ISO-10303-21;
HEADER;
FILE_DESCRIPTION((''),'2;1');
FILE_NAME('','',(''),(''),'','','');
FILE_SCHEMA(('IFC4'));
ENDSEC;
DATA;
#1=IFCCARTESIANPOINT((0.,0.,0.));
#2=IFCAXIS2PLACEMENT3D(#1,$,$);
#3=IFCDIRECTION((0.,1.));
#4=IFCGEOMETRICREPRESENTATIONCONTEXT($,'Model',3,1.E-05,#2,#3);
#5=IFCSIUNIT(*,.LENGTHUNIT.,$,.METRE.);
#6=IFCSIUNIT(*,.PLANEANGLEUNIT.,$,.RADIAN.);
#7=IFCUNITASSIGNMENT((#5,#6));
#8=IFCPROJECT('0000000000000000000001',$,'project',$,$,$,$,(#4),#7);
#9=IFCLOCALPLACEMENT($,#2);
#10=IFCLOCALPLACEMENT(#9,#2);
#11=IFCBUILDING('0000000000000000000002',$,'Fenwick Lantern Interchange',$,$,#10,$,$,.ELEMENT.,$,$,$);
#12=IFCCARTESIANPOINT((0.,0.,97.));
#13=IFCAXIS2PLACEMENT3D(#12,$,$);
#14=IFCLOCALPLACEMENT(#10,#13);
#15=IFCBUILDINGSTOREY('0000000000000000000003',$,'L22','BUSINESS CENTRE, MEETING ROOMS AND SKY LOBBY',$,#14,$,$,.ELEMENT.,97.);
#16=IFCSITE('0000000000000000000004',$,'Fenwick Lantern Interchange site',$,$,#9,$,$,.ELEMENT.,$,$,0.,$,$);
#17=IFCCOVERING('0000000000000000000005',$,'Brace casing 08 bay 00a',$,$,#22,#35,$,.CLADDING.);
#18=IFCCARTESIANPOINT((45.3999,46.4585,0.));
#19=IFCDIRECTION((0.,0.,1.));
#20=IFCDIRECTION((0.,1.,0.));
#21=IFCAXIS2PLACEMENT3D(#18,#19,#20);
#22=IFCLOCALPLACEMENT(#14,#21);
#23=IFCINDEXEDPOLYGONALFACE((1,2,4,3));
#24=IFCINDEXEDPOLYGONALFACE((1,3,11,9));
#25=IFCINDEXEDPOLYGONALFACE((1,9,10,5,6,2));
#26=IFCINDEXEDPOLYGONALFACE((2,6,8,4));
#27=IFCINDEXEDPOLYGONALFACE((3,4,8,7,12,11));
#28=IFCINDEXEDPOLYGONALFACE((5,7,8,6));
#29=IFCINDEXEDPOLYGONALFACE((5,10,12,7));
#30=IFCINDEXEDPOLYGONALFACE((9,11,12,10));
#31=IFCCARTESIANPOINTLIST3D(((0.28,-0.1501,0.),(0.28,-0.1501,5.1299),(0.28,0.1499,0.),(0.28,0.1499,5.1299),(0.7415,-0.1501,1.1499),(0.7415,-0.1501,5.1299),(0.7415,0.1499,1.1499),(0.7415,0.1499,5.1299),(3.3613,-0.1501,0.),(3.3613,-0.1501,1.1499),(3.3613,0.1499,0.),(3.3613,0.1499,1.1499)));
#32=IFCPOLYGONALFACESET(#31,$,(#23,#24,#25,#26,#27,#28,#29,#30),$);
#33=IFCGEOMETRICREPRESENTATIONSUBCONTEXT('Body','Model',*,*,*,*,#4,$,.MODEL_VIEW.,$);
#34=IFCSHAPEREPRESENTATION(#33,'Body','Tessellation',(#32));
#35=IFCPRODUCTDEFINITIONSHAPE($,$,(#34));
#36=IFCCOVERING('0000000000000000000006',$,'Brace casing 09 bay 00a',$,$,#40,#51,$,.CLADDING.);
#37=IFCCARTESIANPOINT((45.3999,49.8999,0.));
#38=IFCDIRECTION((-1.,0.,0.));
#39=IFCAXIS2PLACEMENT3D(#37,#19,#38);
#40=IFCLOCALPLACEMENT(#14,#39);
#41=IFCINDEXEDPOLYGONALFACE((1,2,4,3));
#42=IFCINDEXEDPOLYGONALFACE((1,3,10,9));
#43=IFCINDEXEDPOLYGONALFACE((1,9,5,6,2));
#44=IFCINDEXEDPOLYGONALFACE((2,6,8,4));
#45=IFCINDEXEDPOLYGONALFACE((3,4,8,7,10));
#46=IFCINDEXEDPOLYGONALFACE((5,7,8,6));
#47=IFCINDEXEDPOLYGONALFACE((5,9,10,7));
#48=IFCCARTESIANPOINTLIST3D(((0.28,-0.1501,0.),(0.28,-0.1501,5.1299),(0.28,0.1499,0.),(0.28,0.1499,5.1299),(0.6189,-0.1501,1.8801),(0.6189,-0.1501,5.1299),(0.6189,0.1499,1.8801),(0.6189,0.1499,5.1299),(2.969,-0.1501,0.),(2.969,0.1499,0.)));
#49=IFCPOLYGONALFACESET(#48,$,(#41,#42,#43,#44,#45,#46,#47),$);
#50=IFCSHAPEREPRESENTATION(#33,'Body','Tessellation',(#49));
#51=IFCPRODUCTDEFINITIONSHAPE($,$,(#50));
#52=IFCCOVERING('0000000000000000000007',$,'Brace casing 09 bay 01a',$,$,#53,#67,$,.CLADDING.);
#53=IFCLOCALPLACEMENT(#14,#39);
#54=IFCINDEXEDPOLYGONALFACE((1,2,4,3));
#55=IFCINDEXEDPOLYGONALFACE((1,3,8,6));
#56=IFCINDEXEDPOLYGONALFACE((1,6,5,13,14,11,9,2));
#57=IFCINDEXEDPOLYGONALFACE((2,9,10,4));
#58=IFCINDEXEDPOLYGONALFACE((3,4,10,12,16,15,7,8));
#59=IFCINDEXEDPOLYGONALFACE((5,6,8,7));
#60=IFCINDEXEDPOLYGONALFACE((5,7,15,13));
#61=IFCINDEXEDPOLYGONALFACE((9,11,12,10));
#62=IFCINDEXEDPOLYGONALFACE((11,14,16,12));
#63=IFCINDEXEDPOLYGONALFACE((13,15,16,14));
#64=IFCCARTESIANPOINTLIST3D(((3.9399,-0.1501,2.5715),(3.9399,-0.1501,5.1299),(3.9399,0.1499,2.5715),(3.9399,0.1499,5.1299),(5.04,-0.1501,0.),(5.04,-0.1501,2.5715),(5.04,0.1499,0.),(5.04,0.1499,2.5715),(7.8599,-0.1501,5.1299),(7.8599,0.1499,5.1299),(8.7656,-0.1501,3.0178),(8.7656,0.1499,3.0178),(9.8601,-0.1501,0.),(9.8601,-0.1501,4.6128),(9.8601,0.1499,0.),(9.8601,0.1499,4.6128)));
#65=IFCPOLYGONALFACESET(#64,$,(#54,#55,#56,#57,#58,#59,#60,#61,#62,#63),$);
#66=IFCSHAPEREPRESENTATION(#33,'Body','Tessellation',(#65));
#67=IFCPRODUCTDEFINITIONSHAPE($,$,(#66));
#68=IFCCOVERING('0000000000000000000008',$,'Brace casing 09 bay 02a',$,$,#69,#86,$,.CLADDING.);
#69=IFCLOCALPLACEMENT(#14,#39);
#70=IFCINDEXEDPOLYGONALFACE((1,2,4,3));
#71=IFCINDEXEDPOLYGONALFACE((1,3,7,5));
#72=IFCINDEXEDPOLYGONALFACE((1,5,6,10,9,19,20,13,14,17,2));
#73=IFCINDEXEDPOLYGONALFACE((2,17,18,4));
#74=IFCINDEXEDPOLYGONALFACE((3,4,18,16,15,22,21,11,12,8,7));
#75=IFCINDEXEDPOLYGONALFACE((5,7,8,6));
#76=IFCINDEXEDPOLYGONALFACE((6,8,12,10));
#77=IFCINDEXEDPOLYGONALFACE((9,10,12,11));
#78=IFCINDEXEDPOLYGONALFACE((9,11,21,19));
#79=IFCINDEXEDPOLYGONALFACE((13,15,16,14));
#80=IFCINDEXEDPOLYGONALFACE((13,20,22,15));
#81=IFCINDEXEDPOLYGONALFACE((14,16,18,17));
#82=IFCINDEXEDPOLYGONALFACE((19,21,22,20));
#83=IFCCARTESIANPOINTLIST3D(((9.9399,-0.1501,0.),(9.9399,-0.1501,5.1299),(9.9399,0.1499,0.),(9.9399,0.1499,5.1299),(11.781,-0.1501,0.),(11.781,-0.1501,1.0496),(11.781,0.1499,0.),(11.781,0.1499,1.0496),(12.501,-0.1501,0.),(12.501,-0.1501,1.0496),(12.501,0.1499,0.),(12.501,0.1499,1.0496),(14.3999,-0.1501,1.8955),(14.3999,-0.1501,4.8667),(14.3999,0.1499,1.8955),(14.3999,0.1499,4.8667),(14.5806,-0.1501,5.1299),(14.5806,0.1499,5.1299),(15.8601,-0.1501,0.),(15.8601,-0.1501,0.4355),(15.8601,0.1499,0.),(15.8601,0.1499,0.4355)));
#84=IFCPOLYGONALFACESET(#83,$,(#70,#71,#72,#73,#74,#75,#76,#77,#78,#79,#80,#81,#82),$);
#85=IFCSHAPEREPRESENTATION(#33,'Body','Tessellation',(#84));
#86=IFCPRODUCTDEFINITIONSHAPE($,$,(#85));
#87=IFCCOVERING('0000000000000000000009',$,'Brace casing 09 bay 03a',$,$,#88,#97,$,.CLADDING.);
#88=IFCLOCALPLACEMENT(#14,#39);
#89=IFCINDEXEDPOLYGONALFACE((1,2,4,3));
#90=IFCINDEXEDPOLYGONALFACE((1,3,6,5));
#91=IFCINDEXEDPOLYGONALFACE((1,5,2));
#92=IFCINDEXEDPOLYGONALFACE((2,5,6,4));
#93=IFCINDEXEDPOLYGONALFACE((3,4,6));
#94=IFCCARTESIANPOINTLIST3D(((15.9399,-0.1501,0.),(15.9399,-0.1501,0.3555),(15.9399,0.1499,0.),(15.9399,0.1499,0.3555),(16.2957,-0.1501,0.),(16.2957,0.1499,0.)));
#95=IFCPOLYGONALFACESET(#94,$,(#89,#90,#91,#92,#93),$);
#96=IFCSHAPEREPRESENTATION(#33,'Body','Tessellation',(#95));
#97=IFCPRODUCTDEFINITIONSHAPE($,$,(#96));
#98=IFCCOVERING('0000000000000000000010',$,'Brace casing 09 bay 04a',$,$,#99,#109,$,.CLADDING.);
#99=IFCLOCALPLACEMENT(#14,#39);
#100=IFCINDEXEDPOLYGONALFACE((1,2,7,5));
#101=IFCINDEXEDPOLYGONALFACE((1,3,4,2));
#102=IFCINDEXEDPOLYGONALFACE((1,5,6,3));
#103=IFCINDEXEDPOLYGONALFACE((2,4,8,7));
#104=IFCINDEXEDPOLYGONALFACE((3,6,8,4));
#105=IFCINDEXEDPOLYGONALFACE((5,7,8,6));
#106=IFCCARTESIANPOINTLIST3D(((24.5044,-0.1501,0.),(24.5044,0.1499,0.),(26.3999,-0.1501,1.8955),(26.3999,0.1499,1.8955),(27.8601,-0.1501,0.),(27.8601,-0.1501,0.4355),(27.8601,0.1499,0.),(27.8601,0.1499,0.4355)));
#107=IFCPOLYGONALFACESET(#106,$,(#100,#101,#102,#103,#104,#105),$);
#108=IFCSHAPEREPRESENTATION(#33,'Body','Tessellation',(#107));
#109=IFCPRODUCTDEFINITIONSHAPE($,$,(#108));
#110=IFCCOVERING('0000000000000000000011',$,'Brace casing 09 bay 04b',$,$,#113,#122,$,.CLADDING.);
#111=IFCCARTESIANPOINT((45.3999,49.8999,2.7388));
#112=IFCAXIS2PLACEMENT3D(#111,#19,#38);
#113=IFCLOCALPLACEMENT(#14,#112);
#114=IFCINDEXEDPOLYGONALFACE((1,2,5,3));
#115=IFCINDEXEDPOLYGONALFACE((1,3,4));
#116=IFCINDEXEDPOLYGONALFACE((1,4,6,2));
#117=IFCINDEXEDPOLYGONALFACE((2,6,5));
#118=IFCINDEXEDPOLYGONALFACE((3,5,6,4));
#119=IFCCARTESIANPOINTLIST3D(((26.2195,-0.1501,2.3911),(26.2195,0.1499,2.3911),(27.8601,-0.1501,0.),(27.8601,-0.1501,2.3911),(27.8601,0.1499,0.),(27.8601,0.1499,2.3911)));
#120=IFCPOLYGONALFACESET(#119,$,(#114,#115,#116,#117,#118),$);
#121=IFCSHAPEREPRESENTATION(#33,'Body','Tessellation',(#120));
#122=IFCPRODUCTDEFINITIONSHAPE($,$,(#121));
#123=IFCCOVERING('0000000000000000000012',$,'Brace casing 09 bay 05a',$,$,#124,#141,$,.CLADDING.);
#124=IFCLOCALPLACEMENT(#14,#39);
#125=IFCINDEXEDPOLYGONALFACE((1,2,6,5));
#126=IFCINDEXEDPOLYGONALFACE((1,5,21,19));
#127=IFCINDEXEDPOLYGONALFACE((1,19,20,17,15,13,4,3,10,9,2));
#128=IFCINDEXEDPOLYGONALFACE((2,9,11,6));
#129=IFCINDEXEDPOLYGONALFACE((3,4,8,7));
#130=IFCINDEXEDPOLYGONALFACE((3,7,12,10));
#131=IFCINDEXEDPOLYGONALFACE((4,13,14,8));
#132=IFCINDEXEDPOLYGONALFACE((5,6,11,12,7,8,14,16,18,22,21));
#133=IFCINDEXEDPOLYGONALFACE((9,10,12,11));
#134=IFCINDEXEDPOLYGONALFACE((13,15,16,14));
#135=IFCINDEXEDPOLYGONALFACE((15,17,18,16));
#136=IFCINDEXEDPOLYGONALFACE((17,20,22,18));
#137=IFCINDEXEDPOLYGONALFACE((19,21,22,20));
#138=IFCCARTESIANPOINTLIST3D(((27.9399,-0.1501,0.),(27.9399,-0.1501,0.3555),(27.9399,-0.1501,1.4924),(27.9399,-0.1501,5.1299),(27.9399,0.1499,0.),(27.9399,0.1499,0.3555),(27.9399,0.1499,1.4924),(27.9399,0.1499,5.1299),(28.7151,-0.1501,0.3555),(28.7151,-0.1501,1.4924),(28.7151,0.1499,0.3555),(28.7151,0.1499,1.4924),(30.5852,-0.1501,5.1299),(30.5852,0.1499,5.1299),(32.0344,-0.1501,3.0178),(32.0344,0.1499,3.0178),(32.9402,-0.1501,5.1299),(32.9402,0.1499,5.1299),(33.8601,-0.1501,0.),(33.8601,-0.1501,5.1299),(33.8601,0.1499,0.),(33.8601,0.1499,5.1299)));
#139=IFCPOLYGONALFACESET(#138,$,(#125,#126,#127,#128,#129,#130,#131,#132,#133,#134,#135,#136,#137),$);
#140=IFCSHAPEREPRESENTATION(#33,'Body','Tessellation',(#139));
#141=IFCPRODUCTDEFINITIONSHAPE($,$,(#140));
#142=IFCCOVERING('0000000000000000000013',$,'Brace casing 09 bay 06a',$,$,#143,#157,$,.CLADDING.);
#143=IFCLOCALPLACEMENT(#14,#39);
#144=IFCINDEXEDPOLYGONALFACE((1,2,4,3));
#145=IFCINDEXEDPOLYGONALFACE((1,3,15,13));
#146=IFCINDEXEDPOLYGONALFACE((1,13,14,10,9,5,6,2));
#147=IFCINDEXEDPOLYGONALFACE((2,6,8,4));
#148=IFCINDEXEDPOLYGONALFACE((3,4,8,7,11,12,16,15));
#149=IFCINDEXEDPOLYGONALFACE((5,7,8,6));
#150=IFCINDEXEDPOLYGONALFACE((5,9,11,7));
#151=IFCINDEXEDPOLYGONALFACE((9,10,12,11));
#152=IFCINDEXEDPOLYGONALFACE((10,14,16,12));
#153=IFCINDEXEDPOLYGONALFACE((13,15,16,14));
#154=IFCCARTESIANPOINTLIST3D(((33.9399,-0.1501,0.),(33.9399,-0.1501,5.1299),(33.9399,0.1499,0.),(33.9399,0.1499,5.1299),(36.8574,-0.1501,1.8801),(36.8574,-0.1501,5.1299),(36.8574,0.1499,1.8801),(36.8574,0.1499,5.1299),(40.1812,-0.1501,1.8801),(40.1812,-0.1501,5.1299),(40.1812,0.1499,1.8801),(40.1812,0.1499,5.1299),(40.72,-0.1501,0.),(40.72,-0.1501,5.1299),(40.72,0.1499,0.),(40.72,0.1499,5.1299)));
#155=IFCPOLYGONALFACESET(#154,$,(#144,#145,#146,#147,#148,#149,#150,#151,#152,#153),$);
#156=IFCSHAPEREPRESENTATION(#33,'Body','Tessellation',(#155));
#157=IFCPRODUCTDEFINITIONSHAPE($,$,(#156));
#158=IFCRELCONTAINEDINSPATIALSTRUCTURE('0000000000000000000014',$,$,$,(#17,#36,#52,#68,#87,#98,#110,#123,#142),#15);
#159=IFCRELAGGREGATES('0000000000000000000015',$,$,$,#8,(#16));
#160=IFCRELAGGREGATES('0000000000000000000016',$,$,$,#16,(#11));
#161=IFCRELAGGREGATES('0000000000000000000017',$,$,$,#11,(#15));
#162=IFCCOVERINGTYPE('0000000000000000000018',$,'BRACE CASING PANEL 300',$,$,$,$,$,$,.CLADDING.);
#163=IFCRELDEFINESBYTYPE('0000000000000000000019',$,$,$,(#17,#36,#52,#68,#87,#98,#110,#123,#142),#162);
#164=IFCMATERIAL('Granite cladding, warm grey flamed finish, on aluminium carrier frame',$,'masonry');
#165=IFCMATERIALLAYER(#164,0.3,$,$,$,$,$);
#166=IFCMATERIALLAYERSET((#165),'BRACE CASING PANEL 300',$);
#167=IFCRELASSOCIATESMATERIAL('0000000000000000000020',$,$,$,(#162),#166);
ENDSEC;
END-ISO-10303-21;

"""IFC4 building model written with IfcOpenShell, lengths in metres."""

from ifc_helpers import new_model, si_unit, direction, frame, origin, place, context, subcontext, project, spatial, polyline, outline, extrude, material, layer, layer_set, type_object, element, save


model = new_model("IFC4")

# Units and contexts
model_context = context("Model", 3, precision=1e-05, world=origin(), true_north=direction((0.0, 1.0)))
body_context = subcontext(model_context, "Body", "Model", "MODEL_VIEW")
ifc_project = project(units=[si_unit("LENGTHUNIT", "METRE"), si_unit("PLANEANGLEUNIT", "RADIAN")], contexts=[model_context])

# Site, building, storey
site_placement = place(None, origin())
site = spatial("IfcSite", under=ifc_project, at=site_placement, Name="Fenwick Lantern Interchange site", CompositionType="ELEMENT", RefElevation=0.0)
building_placement = place(site_placement, origin())
building = spatial("IfcBuilding", under=site, at=building_placement, Name="Fenwick Lantern Interchange", CompositionType="ELEMENT")
storey_placement = place(building_placement, frame((0.0, 0.0, 97.0)))
storey = spatial("IfcBuildingStorey", under=building, at=storey_placement, Name="L22", Description="BUSINESS CENTRE, MEETING ROOMS AND SKY LOBBY", CompositionType="ELEMENT", Elevation=97.0)

# Coverings
ifc_material_1 = material(Name="Granite cladding, warm grey flamed finish, on aluminium carrier frame", Category="masonry")
ifc_layer_1 = layer(ifc_material_1, 0.3)
ifc_layer_set_1 = layer_set([ifc_layer_1], Name="BRACE CASING PANEL 300")
covering_type = type_object("IfcCoveringType", Name="BRACE CASING PANEL 300", PredefinedType="CLADDING", material=ifc_layer_set_1)
covering_1_placement = place(storey_placement, frame((45.3999, 46.4585, 0.0), z_axis=(0.0, 0.0, 1.0), x_axis=(0.0, 1.0, 0.0)))
element("IfcCovering", 1, at=covering_1_placement, inside=storey, type_object=covering_type, Name="Brace casing 08 bay 00a", PredefinedType="CLADDING", context=body_context, shape_type="SweptSolid", body=[
    extrude(outline(polyline([(0.28, 0.0), (3.3613, 0.0), (3.3613, 1.1499), (0.7415, 1.1499), (0.7415, 5.1299), (0.28, 5.1299), (0.28, 0.0)])), frame((0.0, 0.1499, 0.0), z_axis=(0.0, -1.0, 0.0), x_axis=(1.0, 0.0, 0.0)), (0.0, 0.0, 1.0), 0.3),
])
covering_2_placement = place(storey_placement, frame((45.3999, 49.8999, 0.0), z_axis=(0.0, 0.0, 1.0), x_axis=(-1.0, 0.0, 0.0)))
element("IfcCovering", 2, at=covering_2_placement, inside=storey, type_object=covering_type, Name="Brace casing 09 bay 00a", PredefinedType="CLADDING", context=body_context, shape_type="SweptSolid", body=[
    extrude(outline(polyline([(0.28, 0.0), (2.969, 0.0), (0.6189, 1.8801), (0.6189, 5.1299), (0.28, 5.1299), (0.28, 0.0)])), frame((0.0, 0.1499, 0.0), z_axis=(0.0, -1.0, 0.0), x_axis=(1.0, 0.0, 0.0)), (0.0, 0.0, 1.0), 0.3),
])
covering_3_placement = place(storey_placement, frame((45.3999, 49.8999, 0.0), z_axis=(0.0, 0.0, 1.0), x_axis=(-1.0, 0.0, 0.0)))
element("IfcCovering", 3, at=covering_3_placement, inside=storey, type_object=covering_type, Name="Brace casing 09 bay 01a", PredefinedType="CLADDING", context=body_context, shape_type="SweptSolid", body=[
    extrude(outline(polyline([(5.04, 0.0), (9.8601, 0.0), (9.8601, 4.6128), (8.7656, 3.0178), (7.8599, 5.1299), (3.9399, 5.1299), (3.9399, 2.5715), (5.04, 2.5715), (5.04, 0.0)])), frame((0.0, 0.1499, 0.0), z_axis=(0.0, -1.0, 0.0), x_axis=(1.0, 0.0, 0.0)), (0.0, 0.0, 1.0), 0.3),
])
covering_4_placement = place(storey_placement, frame((45.3999, 49.8999, 0.0), z_axis=(0.0, 0.0, 1.0), x_axis=(-1.0, 0.0, 0.0)))
element("IfcCovering", 4, at=covering_4_placement, inside=storey, type_object=covering_type, Name="Brace casing 09 bay 02a", PredefinedType="CLADDING", context=body_context, shape_type="SweptSolid", body=[
    extrude(outline(polyline([(9.9399, 0.0), (11.781, 0.0), (11.781, 1.0496), (12.501, 1.0496), (12.501, 0.0), (15.8601, 0.0), (15.8601, 0.4355), (14.3999, 1.8955), (14.3999, 4.8667), (14.5806, 5.1299), (9.9399, 5.1299), (9.9399, 0.0)])), frame((0.0, 0.1499, 0.0), z_axis=(0.0, -1.0, 0.0), x_axis=(1.0, 0.0, 0.0)), (0.0, 0.0, 1.0), 0.3),
])
covering_5_placement = place(storey_placement, frame((45.3999, 49.8999, 0.0), z_axis=(0.0, 0.0, 1.0), x_axis=(-1.0, 0.0, 0.0)))
element("IfcCovering", 5, at=covering_5_placement, inside=storey, type_object=covering_type, Name="Brace casing 09 bay 03a", PredefinedType="CLADDING", context=body_context, shape_type="SweptSolid", body=[
    extrude(outline(polyline([(15.9399, 0.0), (16.2957, 0.0), (15.9399, 0.3555), (15.9399, 0.0)])), frame((0.0, 0.1499, 0.0), z_axis=(0.0, -1.0, 0.0), x_axis=(1.0, 0.0, 0.0)), (0.0, 0.0, 1.0), 0.3),
])
covering_6_placement = place(storey_placement, frame((45.3999, 49.8999, 0.0), z_axis=(0.0, 0.0, 1.0), x_axis=(-1.0, 0.0, 0.0)))
element("IfcCovering", 6, at=covering_6_placement, inside=storey, type_object=covering_type, Name="Brace casing 09 bay 04a", PredefinedType="CLADDING", context=body_context, shape_type="SweptSolid", body=[
    extrude(outline(polyline([(24.5044, 0.0), (27.8601, 0.0), (27.8601, 0.4355), (26.3999, 1.8955), (24.5044, 0.0)])), frame((0.0, 0.1499, 0.0), z_axis=(0.0, -1.0, 0.0), x_axis=(1.0, 0.0, 0.0)), (0.0, 0.0, 1.0), 0.3),
])
covering_7_placement = place(storey_placement, frame((45.3999, 49.8999, 2.7388), z_axis=(0.0, 0.0, 1.0), x_axis=(-1.0, 0.0, 0.0)))
element("IfcCovering", 7, at=covering_7_placement, inside=storey, type_object=covering_type, Name="Brace casing 09 bay 04b", PredefinedType="CLADDING", context=body_context, shape_type="SweptSolid", body=[
    extrude(outline(polyline([(27.8601, 0.0), (27.8601, 2.3911), (26.2195, 2.3911), (27.8601, 0.0)])), frame((0.0, 0.1499, 0.0), z_axis=(0.0, -1.0, 0.0), x_axis=(1.0, 0.0, 0.0)), (0.0, 0.0, 1.0), 0.3),
])
covering_8_placement = place(storey_placement, frame((45.3999, 49.8999, 0.0), z_axis=(0.0, 0.0, 1.0), x_axis=(-1.0, 0.0, 0.0)))
element("IfcCovering", 8, at=covering_8_placement, inside=storey, type_object=covering_type, Name="Brace casing 09 bay 05a", PredefinedType="CLADDING", context=body_context, shape_type="SweptSolid", body=[
    extrude(outline(polyline([(27.9399, 0.0), (33.8601, 0.0), (33.8601, 5.1299), (32.9402, 5.1299), (32.0344, 3.0178), (30.5852, 5.1299), (27.9399, 5.1299), (27.9399, 1.4924), (28.7151, 1.4924), (28.7151, 0.3555), (27.9399, 0.3555), (27.9399, 0.0)])), frame((0.0, 0.1499, 0.0), z_axis=(0.0, -1.0, 0.0), x_axis=(1.0, 0.0, 0.0)), (0.0, 0.0, 1.0), 0.3),
])
covering_9_placement = place(storey_placement, frame((45.3999, 49.8999, 0.0), z_axis=(0.0, 0.0, 1.0), x_axis=(-1.0, 0.0, 0.0)))
element("IfcCovering", 9, at=covering_9_placement, inside=storey, type_object=covering_type, Name="Brace casing 09 bay 06a", PredefinedType="CLADDING", context=body_context, shape_type="SweptSolid", body=[
    extrude(outline(polyline([(33.9399, 0.0), (40.72, 0.0), (40.72, 5.1299), (40.1812, 5.1299), (40.1812, 1.8801), (36.8574, 1.8801), (36.8574, 5.1299), (33.9399, 5.1299), (33.9399, 0.0)])), frame((0.0, 0.1499, 0.0), z_axis=(0.0, -1.0, 0.0), x_axis=(1.0, 0.0, 0.0)), (0.0, 0.0, 1.0), 0.3),
])

save(model, "model.ifc")
